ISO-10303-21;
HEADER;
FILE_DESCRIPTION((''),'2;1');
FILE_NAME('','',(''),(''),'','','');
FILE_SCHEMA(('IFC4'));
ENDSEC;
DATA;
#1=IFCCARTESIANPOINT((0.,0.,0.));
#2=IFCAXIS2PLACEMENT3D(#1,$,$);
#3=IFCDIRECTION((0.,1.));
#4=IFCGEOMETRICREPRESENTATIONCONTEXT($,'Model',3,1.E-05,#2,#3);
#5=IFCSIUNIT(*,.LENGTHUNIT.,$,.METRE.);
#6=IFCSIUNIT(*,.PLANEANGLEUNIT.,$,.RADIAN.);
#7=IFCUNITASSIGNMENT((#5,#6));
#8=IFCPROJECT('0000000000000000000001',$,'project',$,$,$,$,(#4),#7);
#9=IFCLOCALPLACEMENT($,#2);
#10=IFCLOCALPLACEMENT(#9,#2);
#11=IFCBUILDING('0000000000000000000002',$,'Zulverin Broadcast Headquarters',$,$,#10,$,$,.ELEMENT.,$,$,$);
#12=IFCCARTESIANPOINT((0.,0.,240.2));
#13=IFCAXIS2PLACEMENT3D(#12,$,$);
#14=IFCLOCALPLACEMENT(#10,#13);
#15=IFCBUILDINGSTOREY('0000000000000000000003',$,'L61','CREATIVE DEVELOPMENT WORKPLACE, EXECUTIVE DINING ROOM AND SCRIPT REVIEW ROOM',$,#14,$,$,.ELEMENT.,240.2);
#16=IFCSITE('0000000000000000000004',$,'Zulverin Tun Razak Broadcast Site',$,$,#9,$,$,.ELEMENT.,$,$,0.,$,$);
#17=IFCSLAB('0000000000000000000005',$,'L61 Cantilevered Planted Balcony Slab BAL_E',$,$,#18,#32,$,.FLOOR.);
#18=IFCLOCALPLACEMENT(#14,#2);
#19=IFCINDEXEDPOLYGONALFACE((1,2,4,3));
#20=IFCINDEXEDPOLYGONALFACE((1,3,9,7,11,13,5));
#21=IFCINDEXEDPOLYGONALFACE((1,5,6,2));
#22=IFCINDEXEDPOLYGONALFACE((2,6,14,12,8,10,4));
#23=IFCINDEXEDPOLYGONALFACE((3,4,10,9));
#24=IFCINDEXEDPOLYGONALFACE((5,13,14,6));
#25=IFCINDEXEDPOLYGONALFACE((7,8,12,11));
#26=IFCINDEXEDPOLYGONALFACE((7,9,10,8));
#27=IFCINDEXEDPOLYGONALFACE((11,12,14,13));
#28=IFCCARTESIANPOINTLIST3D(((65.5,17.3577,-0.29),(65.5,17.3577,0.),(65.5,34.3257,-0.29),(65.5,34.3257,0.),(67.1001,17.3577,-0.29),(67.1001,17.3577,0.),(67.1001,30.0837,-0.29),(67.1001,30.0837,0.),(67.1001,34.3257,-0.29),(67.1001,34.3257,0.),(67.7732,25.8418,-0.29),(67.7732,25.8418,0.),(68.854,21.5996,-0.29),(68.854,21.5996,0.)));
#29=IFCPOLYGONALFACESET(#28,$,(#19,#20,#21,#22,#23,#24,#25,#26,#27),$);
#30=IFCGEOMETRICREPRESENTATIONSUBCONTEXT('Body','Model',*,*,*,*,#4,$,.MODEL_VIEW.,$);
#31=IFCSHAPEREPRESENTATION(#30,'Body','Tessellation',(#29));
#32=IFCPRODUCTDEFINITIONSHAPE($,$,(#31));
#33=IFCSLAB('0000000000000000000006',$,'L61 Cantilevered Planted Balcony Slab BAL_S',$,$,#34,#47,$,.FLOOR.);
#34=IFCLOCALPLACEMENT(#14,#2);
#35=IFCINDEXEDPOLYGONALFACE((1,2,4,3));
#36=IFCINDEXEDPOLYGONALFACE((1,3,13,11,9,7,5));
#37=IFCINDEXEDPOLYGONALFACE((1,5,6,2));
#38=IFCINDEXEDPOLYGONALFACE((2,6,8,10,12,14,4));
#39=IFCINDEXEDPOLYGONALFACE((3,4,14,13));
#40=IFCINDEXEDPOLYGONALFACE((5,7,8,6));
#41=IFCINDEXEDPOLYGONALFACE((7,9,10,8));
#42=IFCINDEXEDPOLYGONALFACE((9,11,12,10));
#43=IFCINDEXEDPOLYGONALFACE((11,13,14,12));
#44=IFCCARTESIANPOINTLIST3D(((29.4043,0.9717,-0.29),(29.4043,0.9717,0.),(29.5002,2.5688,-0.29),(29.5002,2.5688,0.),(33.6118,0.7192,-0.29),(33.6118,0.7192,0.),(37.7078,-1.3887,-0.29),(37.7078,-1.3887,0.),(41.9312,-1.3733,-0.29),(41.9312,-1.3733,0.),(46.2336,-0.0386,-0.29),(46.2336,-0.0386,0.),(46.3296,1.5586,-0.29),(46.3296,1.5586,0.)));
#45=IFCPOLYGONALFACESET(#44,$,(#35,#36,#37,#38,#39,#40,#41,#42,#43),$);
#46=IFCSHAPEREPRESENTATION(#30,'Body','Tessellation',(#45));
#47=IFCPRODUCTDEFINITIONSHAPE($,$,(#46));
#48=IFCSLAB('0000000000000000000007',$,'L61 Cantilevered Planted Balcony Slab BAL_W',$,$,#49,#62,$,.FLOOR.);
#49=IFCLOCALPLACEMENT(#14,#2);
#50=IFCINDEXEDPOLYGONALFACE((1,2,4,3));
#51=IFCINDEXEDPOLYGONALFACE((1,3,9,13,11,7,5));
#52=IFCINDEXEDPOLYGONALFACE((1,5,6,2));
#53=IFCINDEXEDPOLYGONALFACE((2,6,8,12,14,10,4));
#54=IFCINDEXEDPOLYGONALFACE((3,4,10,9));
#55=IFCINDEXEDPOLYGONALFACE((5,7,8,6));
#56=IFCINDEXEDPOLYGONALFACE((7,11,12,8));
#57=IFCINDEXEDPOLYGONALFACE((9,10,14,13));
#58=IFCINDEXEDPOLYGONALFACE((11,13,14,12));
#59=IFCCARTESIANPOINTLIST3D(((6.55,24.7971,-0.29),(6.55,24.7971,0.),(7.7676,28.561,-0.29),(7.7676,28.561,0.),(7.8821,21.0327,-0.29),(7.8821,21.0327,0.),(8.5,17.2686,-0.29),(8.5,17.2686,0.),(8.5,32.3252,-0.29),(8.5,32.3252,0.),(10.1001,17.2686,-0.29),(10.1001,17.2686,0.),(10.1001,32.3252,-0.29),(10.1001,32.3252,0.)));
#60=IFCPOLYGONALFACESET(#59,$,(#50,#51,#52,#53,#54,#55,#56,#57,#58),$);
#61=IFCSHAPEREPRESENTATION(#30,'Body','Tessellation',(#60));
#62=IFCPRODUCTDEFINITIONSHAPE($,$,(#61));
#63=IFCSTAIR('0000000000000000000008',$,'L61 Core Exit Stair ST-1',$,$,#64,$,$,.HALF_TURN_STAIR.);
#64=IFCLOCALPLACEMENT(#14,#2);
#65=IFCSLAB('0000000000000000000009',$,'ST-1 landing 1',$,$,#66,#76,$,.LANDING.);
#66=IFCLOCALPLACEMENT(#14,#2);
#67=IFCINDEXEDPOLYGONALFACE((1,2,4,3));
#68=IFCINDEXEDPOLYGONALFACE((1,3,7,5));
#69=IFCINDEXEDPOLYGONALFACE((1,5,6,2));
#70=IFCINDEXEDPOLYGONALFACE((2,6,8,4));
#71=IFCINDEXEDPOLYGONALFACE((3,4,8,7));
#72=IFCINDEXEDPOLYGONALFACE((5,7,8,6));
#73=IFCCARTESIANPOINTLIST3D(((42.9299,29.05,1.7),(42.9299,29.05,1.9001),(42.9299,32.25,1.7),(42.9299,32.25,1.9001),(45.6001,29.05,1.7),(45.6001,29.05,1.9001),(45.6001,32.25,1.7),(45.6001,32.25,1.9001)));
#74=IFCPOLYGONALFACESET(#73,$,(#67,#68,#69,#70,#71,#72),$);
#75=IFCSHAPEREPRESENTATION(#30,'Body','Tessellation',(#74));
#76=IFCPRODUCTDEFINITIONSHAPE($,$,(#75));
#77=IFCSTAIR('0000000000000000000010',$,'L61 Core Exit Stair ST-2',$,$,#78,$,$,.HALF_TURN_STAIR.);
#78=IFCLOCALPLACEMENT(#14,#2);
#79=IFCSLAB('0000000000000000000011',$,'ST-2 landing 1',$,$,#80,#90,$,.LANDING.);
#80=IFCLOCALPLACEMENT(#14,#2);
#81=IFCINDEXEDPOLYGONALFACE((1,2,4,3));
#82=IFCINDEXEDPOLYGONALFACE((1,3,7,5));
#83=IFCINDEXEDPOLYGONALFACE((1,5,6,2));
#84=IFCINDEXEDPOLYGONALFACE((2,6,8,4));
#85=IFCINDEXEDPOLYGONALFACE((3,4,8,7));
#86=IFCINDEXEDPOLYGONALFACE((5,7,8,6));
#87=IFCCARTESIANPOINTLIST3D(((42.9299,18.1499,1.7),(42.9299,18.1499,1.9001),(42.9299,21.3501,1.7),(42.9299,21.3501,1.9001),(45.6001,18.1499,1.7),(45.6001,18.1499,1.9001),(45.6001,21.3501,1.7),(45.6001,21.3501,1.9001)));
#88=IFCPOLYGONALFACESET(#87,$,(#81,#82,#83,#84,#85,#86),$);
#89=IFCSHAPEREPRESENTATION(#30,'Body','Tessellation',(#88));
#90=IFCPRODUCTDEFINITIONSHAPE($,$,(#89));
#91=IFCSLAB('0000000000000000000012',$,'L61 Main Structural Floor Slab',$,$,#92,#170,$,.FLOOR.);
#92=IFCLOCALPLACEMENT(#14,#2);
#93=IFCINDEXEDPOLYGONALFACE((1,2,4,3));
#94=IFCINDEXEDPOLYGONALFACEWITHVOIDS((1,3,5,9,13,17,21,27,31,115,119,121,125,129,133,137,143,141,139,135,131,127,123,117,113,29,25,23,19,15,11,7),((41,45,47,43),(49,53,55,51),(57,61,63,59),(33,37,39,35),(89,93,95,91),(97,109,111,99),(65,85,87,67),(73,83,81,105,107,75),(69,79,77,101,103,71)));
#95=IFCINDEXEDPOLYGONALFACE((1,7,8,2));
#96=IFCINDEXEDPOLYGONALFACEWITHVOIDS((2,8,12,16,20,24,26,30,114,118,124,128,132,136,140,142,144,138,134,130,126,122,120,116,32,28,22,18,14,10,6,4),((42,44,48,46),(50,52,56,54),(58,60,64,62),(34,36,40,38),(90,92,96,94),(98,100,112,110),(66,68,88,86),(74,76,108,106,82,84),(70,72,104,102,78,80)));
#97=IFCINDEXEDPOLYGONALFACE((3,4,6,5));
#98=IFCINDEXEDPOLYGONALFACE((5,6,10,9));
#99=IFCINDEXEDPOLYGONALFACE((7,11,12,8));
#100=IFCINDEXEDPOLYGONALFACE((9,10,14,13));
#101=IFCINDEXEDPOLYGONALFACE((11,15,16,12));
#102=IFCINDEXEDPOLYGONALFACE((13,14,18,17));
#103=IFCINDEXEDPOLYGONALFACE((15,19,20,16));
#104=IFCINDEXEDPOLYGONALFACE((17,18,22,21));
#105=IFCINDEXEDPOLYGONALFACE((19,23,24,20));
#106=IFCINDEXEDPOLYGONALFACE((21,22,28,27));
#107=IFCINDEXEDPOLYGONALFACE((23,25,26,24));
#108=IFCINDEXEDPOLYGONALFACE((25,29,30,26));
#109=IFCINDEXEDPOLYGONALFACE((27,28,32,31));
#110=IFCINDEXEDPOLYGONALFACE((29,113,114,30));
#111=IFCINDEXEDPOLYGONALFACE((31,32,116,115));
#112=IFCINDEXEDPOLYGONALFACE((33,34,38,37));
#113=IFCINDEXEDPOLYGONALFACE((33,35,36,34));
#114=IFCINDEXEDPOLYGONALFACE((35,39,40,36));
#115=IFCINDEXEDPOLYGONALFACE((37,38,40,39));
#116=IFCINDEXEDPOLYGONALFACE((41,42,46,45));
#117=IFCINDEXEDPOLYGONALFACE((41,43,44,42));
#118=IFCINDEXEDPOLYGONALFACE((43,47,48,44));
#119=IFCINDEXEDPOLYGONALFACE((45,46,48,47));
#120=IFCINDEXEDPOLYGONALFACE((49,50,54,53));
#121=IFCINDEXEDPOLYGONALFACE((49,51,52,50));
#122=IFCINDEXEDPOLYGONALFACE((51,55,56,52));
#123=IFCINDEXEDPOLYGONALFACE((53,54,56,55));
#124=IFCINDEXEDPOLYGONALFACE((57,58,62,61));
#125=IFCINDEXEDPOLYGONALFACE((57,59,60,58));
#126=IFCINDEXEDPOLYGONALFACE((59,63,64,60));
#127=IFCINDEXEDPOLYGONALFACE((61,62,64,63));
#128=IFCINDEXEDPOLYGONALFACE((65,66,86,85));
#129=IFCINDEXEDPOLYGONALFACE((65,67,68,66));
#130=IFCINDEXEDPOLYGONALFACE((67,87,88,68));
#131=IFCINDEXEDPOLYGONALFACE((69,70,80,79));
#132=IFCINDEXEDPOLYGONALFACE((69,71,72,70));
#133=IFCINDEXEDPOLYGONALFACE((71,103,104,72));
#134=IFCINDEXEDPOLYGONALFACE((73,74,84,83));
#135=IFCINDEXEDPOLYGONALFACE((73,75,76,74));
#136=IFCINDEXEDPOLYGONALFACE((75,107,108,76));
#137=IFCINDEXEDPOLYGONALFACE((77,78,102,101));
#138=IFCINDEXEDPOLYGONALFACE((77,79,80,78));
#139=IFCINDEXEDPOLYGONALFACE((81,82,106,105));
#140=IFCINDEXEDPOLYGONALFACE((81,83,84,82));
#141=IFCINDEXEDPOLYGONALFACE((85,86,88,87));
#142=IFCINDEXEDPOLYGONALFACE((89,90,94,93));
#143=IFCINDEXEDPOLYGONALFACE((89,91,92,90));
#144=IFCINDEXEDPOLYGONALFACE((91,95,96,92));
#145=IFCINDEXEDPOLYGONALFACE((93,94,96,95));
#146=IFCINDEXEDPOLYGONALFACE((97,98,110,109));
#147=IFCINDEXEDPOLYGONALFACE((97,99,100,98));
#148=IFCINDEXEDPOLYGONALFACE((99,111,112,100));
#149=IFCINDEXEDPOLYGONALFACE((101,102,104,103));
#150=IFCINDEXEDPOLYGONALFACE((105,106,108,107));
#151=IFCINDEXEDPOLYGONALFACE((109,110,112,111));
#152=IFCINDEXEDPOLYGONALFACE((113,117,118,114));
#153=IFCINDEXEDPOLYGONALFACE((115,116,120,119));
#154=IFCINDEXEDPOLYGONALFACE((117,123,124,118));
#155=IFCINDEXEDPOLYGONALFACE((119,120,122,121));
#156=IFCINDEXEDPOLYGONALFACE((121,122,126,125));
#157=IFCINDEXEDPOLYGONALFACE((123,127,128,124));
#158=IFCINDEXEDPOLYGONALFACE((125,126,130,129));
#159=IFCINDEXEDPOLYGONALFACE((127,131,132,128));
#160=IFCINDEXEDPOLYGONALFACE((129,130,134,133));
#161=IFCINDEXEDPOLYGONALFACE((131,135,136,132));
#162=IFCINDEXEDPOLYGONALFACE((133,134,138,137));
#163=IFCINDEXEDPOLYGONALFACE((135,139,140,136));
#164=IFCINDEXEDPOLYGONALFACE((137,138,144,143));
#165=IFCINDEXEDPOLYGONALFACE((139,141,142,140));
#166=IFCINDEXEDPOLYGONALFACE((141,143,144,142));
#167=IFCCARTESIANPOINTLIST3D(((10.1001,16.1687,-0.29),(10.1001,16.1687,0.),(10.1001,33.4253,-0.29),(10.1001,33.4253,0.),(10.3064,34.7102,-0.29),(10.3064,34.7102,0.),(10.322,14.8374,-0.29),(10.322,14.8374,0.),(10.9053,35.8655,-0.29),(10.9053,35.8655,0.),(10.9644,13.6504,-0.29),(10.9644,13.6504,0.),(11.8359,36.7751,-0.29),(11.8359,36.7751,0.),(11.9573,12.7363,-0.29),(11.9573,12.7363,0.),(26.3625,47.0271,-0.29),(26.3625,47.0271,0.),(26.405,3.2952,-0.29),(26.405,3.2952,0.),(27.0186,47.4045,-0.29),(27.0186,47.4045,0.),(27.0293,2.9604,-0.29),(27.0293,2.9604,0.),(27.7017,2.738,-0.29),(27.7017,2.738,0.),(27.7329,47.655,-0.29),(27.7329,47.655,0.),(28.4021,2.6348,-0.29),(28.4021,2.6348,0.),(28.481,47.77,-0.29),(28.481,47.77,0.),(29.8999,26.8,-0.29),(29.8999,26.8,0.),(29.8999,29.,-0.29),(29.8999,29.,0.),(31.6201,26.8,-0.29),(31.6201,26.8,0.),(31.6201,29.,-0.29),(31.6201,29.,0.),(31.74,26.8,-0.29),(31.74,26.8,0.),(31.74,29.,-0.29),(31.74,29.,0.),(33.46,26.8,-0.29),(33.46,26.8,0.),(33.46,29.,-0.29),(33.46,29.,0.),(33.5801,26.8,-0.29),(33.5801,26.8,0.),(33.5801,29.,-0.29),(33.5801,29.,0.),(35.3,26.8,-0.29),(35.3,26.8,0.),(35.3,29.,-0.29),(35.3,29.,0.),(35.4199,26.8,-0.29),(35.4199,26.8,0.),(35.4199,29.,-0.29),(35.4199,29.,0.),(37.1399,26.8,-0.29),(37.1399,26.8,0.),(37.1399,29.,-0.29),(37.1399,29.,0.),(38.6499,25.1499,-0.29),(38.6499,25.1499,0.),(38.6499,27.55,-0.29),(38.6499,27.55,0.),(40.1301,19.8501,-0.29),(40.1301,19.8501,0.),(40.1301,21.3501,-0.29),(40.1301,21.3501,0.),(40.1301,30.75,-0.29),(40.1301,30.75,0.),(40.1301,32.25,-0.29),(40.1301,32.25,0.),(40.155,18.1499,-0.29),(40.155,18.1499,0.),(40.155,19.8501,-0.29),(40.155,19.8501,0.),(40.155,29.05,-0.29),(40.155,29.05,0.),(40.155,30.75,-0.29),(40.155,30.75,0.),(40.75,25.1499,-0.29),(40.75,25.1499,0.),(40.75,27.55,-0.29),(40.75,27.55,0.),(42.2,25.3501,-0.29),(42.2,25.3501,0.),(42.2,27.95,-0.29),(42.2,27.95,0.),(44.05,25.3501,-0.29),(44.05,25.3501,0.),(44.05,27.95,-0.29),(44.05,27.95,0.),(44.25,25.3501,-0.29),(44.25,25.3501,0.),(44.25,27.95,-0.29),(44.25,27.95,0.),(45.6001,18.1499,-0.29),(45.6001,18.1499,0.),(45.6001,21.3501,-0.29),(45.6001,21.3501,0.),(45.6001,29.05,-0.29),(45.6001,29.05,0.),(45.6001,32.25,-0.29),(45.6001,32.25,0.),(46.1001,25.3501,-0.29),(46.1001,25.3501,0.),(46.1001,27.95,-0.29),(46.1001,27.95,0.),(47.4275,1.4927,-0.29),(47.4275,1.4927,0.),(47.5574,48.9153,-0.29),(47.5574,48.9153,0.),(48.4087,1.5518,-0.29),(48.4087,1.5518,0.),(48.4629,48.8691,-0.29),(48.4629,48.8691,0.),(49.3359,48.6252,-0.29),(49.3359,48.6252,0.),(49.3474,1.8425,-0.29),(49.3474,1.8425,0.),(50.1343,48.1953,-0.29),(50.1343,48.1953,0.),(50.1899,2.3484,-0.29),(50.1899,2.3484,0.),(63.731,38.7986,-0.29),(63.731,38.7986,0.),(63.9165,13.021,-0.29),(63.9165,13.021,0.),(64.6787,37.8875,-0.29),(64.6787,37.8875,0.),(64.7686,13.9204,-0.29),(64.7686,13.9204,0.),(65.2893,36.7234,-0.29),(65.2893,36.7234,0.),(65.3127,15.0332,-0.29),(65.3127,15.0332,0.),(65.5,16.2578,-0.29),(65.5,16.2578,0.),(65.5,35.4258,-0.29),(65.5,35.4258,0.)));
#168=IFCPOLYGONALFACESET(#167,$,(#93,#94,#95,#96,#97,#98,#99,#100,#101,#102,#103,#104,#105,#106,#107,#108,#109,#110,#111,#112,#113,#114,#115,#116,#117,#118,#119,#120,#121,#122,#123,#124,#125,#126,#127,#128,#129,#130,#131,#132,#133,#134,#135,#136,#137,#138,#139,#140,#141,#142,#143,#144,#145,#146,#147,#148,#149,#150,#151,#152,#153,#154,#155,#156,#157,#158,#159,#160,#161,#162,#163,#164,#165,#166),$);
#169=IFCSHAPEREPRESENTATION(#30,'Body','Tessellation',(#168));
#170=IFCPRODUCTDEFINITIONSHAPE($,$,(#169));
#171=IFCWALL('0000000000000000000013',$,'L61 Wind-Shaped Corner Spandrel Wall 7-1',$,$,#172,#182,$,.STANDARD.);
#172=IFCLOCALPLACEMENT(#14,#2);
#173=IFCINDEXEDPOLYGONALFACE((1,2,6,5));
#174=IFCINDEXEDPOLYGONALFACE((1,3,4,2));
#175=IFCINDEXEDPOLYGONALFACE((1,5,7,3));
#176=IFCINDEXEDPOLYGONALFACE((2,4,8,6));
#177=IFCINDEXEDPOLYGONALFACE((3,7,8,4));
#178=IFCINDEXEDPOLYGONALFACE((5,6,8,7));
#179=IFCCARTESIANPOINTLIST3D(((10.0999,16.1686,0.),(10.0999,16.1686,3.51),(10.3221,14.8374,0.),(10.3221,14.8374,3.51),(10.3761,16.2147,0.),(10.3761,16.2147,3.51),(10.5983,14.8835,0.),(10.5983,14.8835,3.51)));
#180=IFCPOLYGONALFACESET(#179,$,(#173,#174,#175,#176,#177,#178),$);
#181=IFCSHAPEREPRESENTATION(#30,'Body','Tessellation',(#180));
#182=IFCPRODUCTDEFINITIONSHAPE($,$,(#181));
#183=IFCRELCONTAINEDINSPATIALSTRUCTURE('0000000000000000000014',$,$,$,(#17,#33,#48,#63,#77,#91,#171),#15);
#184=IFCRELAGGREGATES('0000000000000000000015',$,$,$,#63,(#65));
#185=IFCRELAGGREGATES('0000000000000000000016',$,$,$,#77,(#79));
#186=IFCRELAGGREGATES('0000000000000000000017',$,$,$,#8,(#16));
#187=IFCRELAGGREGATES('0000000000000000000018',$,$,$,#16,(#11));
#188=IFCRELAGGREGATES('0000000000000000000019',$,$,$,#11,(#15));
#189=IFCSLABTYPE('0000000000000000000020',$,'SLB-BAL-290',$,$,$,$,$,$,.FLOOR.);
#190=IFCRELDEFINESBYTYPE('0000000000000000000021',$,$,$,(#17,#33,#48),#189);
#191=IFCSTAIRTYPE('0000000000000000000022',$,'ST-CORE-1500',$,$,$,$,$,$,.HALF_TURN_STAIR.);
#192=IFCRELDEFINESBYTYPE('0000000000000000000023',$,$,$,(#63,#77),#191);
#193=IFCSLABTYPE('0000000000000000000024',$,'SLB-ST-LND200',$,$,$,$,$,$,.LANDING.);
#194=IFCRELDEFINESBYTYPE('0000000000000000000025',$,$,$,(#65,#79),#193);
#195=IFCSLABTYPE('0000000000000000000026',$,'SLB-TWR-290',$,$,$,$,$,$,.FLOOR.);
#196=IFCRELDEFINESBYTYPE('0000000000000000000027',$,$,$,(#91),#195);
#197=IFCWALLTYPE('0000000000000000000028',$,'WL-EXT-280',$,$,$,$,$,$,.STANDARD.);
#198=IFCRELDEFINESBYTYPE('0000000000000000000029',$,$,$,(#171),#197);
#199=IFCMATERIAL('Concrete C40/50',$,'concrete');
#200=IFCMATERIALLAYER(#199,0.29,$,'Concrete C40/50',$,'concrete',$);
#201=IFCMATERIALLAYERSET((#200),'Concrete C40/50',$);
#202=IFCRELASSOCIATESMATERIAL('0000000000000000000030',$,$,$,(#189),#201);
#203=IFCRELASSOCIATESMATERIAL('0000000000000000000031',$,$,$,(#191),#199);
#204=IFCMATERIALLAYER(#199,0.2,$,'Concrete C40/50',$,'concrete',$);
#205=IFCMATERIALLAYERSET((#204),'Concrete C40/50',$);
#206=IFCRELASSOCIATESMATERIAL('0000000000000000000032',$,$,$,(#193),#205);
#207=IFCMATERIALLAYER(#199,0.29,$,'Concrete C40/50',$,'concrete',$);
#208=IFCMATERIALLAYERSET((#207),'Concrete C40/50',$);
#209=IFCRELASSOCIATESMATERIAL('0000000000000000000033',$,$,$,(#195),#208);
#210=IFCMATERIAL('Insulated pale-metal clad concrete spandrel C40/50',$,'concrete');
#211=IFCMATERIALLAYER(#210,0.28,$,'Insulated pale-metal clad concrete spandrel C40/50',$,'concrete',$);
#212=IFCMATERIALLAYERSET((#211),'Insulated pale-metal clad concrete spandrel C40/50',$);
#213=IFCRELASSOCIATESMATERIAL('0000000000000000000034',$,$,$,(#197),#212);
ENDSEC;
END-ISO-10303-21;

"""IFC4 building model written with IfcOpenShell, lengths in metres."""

from ifc_helpers import new_model, si_unit, direction, frame, frame_2d, origin, place, context, subcontext, project, spatial, polyline, rectangle, outline, extrude, material, layer, layer_set, type_object, element, aggregate, save


model = new_model("IFC4")

# Units and contexts
model_context = context("Model", 3, precision=1e-05, world=origin(), true_north=direction((0.0, 1.0)))
body_context = subcontext(model_context, "Body", "Model", "MODEL_VIEW")
ifc_project = project(units=[si_unit("LENGTHUNIT", "METRE"), si_unit("PLANEANGLEUNIT", "RADIAN")], contexts=[model_context])

# Site, building, storey
site_placement = place(None, origin())
site = spatial("IfcSite", under=ifc_project, at=site_placement, Name="Zulverin Tun Razak Broadcast Site", CompositionType="ELEMENT", RefElevation=0.0)
building_placement = place(site_placement, origin())
building = spatial("IfcBuilding", under=site, at=building_placement, Name="Zulverin Broadcast Headquarters", CompositionType="ELEMENT")
storey_placement = place(building_placement, frame((0.0, 0.0, 240.2)))
storey = spatial("IfcBuildingStorey", under=building, at=storey_placement, Name="L61", Description="CREATIVE DEVELOPMENT WORKPLACE, EXECUTIVE DINING ROOM AND SCRIPT REVIEW ROOM", CompositionType="ELEMENT", Elevation=240.2)

# Slabs
ifc_material_1 = material(Name="Concrete C40/50", Category="concrete")
ifc_layer_1 = layer(ifc_material_1, 0.29, Name="Concrete C40/50", Category="concrete")
ifc_layer_set_1 = layer_set([ifc_layer_1], Name="Concrete C40/50")
slab_type_1 = type_object("IfcSlabType", Name="SLB-BAL-290", PredefinedType="FLOOR", material=ifc_layer_set_1)
slab_1_placement = place(storey_placement, frame((0.0, 0.0, -0.29)))
element("IfcSlab", 1, at=slab_1_placement, inside=storey, type_object=slab_type_1, Name="L61 Cantilevered Planted Balcony Slab BAL_E", PredefinedType="FLOOR", context=body_context, shape_type="SweptSolid", body=[
    extrude(outline(polyline([(65.5, 34.3257), (65.5, 17.3577), (67.1001, 17.3577), (68.854, 21.5996), (67.7732, 25.8418), (67.1001, 30.0837), (67.1001, 34.3257), (65.5, 34.3257)])), origin(), (0.0, 0.0, 1.0), 0.29),
])
slab_2_placement = place(storey_placement, frame((0.0, 0.0, -0.29)))
element("IfcSlab", 2, at=slab_2_placement, inside=storey, type_object=slab_type_1, Name="L61 Cantilevered Planted Balcony Slab BAL_S", PredefinedType="FLOOR", context=body_context, shape_type="SweptSolid", body=[
    extrude(outline(polyline([(46.3296, 1.5586), (29.5002, 2.5688), (29.4043, 0.9717), (33.6118, 0.7192), (37.7078, -1.3887), (41.9312, -1.3733), (46.2336, -0.0386), (46.3296, 1.5586)])), origin(), (0.0, 0.0, 1.0), 0.29),
])
slab_3_placement = place(storey_placement, frame((0.0, 0.0, -0.29)))
element("IfcSlab", 3, at=slab_3_placement, inside=storey, type_object=slab_type_1, Name="L61 Cantilevered Planted Balcony Slab BAL_W", PredefinedType="FLOOR", context=body_context, shape_type="SweptSolid", body=[
    extrude(outline(polyline([(10.1001, 17.2686), (10.1001, 32.3252), (8.5, 32.3252), (7.7676, 28.561), (6.55, 24.7971), (7.8821, 21.0327), (8.5, 17.2686), (10.1001, 17.2686)])), origin(), (0.0, 0.0, 1.0), 0.29),
])

# Stairs, slabs
stair_type = type_object("IfcStairType", Name="ST-CORE-1500", PredefinedType="HALF_TURN_STAIR", material=ifc_material_1)
stair_1_placement = place(storey_placement, origin())
stair_1 = element("IfcStair", 4, at=stair_1_placement, inside=storey, type_object=stair_type, Name="L61 Core Exit Stair ST-1", PredefinedType="HALF_TURN_STAIR")
ifc_layer_2 = layer(ifc_material_1, 0.2, Name="Concrete C40/50", Category="concrete")
ifc_layer_set_2 = layer_set([ifc_layer_2], Name="Concrete C40/50")
slab_type_2 = type_object("IfcSlabType", Name="SLB-ST-LND200", PredefinedType="LANDING", material=ifc_layer_set_2)
slab_4_placement = place(storey_placement, frame((0.0, 0.0, 1.7)))
slab_4 = element("IfcSlab", 5, at=slab_4_placement, type_object=slab_type_2, Name="ST-1 landing 1", PredefinedType="LANDING", context=body_context, shape_type="SweptSolid", body=[
    extrude(outline(polyline([(42.9299, 29.05), (45.6001, 29.05), (45.6001, 32.25), (42.9299, 32.25), (42.9299, 29.05)])), origin(), (0.0, 0.0, 1.0), 0.2002),
])
aggregate(stair_1, [slab_4])
stair_2_placement = place(storey_placement, origin())
stair_2 = element("IfcStair", 6, at=stair_2_placement, inside=storey, type_object=stair_type, Name="L61 Core Exit Stair ST-2", PredefinedType="HALF_TURN_STAIR")
slab_5_placement = place(storey_placement, frame((0.0, 0.0, 1.7)))
slab_5 = element("IfcSlab", 7, at=slab_5_placement, type_object=slab_type_2, Name="ST-2 landing 1", PredefinedType="LANDING", context=body_context, shape_type="SweptSolid", body=[
    extrude(outline(polyline([(42.9299, 18.1499), (45.6001, 18.1499), (45.6001, 21.3501), (42.9299, 21.3501), (42.9299, 18.1499)])), origin(), (0.0, 0.0, 1.0), 0.2002),
])
aggregate(stair_2, [slab_5])

# Slab
ifc_layer_3 = layer(ifc_material_1, 0.29, Name="Concrete C40/50", Category="concrete")
ifc_layer_set_3 = layer_set([ifc_layer_3], Name="Concrete C40/50")
slab_type_3 = type_object("IfcSlabType", Name="SLB-TWR-290", PredefinedType="FLOOR", material=ifc_layer_set_3)
slab_6_placement = place(storey_placement, frame((0.0, 0.0, -0.29)))
element("IfcSlab", 8, at=slab_6_placement, inside=storey, type_object=slab_type_3, Name="L61 Main Structural Floor Slab", PredefinedType="FLOOR", context=body_context, shape_type="SweptSolid", body=[
    extrude(outline(polyline([(26.405, 3.2952), (27.0293, 2.9604), (27.7017, 2.738), (28.4021, 2.6348), (47.4275, 1.4927), (48.4087, 1.5518), (49.3474, 1.8425), (50.1899, 2.3484), (63.9165, 13.021), (64.7686, 13.9204), (65.3127, 15.0332), (65.5, 16.2578), (65.5, 35.4258), (65.2893, 36.7234), (64.6787, 37.8875), (63.731, 38.7986), (50.1343, 48.1953), (49.3359, 48.6252), (48.4629, 48.8691), (47.5574, 48.9153), (28.481, 47.77), (27.7329, 47.655), (27.0186, 47.4045), (26.3625, 47.0271), (11.8359, 36.7751), (10.9053, 35.8655), (10.3064, 34.7102), (10.1001, 33.4253), (10.1001, 16.1687), (10.322, 14.8374), (10.9644, 13.6504), (11.9573, 12.7363), (26.405, 3.2952)]), holes=[polyline([(40.155, 30.75), (40.1301, 30.75), (40.1301, 32.25), (45.6001, 32.25), (45.6001, 29.05), (40.155, 29.05), (40.155, 30.75)]), polyline([(40.155, 19.8501), (40.1301, 19.8501), (40.1301, 21.3501), (45.6001, 21.3501), (45.6001, 18.1499), (40.155, 18.1499), (40.155, 19.8501)]), polyline([(29.8999, 26.8), (31.6201, 26.8), (31.6201, 29.0), (29.8999, 29.0), (29.8999, 26.8)]), polyline([(31.74, 26.8), (33.46, 26.8), (33.46, 29.0), (31.74, 29.0), (31.74, 26.8)]), polyline([(33.5801, 26.8), (35.3, 26.8), (35.3, 29.0), (33.5801, 29.0), (33.5801, 26.8)]), polyline([(35.4199, 26.8), (37.1399, 26.8), (37.1399, 29.0), (35.4199, 29.0), (35.4199, 26.8)]), polyline([(42.2, 25.3501), (44.05, 25.3501), (44.05, 27.95), (42.2, 27.95), (42.2, 25.3501)]), polyline([(44.25, 25.3501), (46.1001, 25.3501), (46.1001, 27.95), (44.25, 27.95), (44.25, 25.3501)]), polyline([(38.6499, 25.1499), (40.75, 25.1499), (40.75, 27.55), (38.6499, 27.55), (38.6499, 25.1499)])]), origin(), (0.0, 0.0, 1.0), 0.29),
])

# Wall
ifc_material_2 = material(Name="Insulated pale-metal clad concrete spandrel C40/50", Category="concrete")
ifc_layer_4 = layer(ifc_material_2, 0.28, Name="Insulated pale-metal clad concrete spandrel C40/50", Category="concrete")
ifc_layer_set_4 = layer_set([ifc_layer_4], Name="Insulated pale-metal clad concrete spandrel C40/50")
wall_type_1 = type_object("IfcWallType", Name="WL-EXT-280", PredefinedType="STANDARD", material=ifc_layer_set_4)
wall_1_placement = place(storey_placement, frame((10.238, 16.1917, 0.0), z_axis=(0.0, 0.0, 1.0), x_axis=(0.164604, -0.98636, 0.0)))
element("IfcWall", 9, at=wall_1_placement, inside=storey, type_object=wall_type_1, Name="L61 Wind-Shaped Corner Spandrel Wall 7-1", PredefinedType="STANDARD", context=body_context, shape_type="SweptSolid", body=[
    extrude(rectangle(XDim=1.3496, YDim=0.28, at=frame_2d((0.6748, 0.0))), origin(), (0.0, 0.0, 1.0), 3.51),
])

save(model, "model.ifc")
